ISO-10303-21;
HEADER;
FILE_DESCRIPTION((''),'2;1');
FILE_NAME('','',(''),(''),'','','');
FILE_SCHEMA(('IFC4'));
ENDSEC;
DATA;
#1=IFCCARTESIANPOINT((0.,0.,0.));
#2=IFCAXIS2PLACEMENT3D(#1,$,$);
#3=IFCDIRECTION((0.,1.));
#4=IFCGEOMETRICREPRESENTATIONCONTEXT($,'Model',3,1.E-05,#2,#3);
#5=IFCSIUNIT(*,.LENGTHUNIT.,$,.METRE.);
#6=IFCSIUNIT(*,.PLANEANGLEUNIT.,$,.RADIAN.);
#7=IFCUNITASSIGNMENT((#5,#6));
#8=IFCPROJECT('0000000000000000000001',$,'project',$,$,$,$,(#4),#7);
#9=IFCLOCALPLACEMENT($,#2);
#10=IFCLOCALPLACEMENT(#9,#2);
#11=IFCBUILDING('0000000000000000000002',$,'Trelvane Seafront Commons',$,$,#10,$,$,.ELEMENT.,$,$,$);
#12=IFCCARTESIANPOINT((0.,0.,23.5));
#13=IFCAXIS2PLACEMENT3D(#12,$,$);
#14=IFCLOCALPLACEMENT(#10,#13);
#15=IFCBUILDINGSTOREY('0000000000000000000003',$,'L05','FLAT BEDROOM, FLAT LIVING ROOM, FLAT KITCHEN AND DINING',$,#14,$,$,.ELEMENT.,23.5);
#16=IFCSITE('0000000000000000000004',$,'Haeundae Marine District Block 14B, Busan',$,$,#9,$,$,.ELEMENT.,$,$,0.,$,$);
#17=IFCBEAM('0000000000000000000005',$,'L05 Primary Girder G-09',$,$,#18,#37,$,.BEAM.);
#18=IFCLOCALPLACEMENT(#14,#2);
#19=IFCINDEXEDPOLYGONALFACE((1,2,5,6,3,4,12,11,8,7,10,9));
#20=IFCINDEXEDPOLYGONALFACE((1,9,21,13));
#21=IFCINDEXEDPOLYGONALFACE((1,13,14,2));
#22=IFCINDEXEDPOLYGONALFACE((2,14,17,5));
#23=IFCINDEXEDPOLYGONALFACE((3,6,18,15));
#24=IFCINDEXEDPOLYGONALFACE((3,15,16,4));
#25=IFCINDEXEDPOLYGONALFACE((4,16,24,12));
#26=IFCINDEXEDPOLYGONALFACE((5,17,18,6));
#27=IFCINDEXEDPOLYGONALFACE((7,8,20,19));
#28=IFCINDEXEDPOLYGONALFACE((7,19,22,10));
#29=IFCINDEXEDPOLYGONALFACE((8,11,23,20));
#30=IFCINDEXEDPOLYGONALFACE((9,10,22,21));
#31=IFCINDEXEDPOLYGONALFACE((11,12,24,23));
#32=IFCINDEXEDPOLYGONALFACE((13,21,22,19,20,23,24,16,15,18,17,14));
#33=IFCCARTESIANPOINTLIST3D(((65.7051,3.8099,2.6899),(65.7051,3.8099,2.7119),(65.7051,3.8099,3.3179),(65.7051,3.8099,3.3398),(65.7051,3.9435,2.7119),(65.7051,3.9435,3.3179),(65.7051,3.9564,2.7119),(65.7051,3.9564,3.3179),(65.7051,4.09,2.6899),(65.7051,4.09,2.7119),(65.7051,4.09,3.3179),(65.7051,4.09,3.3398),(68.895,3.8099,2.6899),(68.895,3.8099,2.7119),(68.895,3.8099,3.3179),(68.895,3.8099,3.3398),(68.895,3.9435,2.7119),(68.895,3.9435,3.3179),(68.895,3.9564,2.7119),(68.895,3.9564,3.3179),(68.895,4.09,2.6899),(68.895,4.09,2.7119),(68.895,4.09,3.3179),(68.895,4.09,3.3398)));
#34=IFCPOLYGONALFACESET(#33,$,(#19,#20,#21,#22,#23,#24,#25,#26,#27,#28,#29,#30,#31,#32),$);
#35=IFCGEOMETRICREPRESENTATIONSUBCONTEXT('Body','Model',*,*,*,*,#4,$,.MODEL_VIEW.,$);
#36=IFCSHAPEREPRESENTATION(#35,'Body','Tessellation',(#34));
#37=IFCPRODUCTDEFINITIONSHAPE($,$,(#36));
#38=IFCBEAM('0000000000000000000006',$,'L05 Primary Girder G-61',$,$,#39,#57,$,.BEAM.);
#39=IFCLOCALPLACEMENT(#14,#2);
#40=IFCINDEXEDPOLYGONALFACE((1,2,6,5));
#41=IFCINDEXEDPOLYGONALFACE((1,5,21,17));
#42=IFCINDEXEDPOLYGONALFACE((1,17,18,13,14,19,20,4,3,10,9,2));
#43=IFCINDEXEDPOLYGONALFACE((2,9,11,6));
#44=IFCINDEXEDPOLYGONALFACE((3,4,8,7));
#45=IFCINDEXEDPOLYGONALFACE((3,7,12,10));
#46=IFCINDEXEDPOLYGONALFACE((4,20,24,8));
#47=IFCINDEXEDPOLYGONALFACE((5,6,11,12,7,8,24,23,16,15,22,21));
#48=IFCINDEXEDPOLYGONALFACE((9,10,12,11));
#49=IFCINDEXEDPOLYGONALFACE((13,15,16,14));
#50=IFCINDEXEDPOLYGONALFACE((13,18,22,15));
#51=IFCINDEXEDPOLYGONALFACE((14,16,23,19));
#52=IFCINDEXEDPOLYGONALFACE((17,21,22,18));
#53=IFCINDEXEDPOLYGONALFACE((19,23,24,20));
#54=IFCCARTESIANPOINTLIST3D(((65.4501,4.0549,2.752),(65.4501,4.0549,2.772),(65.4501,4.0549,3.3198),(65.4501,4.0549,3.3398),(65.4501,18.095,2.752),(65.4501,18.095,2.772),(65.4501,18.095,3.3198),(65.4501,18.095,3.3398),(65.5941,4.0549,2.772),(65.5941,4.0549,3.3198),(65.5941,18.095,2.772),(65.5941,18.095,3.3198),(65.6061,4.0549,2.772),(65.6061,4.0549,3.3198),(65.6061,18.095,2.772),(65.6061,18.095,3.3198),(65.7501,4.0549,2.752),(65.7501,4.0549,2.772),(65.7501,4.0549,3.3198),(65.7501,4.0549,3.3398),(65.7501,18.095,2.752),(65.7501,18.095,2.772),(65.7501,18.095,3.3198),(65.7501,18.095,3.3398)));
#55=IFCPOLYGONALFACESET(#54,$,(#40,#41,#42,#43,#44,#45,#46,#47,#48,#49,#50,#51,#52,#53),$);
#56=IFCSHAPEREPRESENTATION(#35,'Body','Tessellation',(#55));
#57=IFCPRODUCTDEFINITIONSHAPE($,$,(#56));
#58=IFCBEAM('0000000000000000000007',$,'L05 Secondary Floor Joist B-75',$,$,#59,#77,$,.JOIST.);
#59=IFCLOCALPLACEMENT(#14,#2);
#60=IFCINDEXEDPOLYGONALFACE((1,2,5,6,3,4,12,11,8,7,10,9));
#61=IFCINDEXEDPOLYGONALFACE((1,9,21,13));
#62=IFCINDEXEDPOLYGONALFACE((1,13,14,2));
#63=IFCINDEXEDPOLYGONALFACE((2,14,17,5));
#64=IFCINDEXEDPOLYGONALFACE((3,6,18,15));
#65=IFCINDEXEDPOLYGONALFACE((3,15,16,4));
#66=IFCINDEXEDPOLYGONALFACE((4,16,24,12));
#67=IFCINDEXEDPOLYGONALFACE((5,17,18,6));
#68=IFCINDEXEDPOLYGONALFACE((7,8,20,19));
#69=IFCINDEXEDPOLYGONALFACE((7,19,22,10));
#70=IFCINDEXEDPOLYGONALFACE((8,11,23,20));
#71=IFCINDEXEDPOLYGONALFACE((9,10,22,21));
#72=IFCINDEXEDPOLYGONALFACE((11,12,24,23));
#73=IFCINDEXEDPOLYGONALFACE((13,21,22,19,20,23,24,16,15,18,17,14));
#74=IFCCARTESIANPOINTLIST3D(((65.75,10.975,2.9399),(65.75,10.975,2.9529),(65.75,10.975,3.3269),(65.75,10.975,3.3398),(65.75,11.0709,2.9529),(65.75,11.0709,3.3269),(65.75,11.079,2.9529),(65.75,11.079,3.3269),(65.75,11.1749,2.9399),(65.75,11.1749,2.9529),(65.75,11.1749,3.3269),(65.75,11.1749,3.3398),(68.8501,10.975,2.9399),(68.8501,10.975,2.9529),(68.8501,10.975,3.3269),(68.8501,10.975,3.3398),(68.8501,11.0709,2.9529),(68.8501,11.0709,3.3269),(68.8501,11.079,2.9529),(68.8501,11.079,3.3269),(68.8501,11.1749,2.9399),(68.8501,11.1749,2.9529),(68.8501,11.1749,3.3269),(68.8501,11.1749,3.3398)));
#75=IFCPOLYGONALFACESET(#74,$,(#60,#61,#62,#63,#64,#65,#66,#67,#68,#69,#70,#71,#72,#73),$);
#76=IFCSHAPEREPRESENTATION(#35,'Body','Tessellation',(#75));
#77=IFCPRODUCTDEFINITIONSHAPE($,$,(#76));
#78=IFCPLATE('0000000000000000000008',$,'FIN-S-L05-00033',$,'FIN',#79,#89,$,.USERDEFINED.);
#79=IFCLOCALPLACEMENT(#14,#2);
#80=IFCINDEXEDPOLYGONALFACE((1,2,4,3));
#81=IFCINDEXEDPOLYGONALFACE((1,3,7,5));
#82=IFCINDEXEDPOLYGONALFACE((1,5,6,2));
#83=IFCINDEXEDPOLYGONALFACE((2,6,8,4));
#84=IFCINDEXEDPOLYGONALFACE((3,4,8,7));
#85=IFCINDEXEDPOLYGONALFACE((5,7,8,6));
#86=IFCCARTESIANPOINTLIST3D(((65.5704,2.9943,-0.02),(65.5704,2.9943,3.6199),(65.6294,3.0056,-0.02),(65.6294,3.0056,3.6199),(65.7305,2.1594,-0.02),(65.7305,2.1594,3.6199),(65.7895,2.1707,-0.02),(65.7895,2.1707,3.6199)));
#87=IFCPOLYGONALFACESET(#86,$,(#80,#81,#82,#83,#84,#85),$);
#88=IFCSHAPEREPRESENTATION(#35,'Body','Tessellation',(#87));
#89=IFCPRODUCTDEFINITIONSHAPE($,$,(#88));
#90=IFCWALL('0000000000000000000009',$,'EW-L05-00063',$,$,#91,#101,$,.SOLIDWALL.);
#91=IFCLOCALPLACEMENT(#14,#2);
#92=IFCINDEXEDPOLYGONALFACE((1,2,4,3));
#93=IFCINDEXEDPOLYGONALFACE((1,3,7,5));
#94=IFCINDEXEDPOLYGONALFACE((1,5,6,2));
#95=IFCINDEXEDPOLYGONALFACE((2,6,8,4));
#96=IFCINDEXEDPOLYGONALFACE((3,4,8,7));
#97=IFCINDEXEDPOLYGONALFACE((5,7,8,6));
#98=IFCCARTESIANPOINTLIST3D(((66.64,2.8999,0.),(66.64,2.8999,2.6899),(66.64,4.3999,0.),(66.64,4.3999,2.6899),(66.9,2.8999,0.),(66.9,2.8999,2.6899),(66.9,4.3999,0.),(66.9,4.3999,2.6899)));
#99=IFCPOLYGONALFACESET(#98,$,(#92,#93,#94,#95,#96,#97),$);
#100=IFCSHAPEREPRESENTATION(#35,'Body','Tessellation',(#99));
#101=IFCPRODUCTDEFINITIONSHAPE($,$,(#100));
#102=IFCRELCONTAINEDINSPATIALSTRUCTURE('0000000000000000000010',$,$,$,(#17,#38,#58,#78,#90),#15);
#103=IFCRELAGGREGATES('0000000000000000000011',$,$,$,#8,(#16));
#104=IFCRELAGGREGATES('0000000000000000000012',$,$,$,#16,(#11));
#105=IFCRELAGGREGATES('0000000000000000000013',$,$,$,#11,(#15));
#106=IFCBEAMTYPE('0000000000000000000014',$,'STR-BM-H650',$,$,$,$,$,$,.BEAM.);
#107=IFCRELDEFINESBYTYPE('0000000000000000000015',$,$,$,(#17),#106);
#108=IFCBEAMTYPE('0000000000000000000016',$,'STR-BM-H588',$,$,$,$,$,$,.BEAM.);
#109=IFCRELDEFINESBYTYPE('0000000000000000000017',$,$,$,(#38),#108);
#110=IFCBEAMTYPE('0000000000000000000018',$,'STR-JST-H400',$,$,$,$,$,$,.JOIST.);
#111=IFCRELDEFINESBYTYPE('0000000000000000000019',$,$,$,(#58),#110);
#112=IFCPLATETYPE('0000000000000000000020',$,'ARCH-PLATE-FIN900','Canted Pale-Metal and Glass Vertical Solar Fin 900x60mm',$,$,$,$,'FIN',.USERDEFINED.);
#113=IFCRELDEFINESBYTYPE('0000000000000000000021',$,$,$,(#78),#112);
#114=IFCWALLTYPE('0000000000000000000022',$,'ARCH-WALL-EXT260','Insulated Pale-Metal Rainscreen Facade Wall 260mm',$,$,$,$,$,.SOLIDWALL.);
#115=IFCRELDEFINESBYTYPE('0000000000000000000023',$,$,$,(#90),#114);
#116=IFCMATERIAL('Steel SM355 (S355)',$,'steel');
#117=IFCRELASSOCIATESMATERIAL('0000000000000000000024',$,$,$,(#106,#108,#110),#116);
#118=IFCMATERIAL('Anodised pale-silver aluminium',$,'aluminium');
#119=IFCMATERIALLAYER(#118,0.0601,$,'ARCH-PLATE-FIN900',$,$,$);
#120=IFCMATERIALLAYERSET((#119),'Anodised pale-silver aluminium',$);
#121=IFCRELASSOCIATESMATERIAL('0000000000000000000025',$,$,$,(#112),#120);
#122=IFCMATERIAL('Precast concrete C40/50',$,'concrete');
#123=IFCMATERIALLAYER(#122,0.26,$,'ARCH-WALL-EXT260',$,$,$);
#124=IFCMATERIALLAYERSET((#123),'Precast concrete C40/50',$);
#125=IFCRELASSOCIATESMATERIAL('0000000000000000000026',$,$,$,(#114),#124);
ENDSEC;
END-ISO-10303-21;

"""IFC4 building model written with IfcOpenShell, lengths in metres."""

from ifc_helpers import new_model, si_unit, direction, frame, frame_2d, origin, origin_2d, place, context, subcontext, project, spatial, rectangle, i_section, extrude, source, transform, mapped, material, layer, layer_set, material_profile, profile_set, type_object, element, save


model = new_model("IFC4")

# Units and contexts
model_context = context("Model", 3, precision=1e-05, world=origin(), true_north=direction((0.0, 1.0)))
body_context = subcontext(model_context, "Body", "Model", "MODEL_VIEW")
ifc_project = project(units=[si_unit("LENGTHUNIT", "METRE"), si_unit("PLANEANGLEUNIT", "RADIAN")], contexts=[model_context])

# Site, building, storey
site_placement = place(None, origin())
site = spatial("IfcSite", under=ifc_project, at=site_placement, Name="Haeundae Marine District Block 14B, Busan", CompositionType="ELEMENT", RefElevation=0.0)
building_placement = place(site_placement, origin())
building = spatial("IfcBuilding", under=site, at=building_placement, Name="Trelvane Seafront Commons", CompositionType="ELEMENT")
storey_placement = place(building_placement, frame((0.0, 0.0, 23.5)))
storey = spatial("IfcBuildingStorey", under=building, at=storey_placement, Name="L05", Description="FLAT BEDROOM, FLAT LIVING ROOM, FLAT KITCHEN AND DINING", CompositionType="ELEMENT", Elevation=23.5)

# Beams
ifc_material_1 = material(Name="Steel SM355 (S355)", Category="steel")
ifc_material_profile_1 = material_profile(ifc_material_1, i_section(OverallWidth=0.28, OverallDepth=0.6499, WebThickness=0.0129, FlangeThickness=0.022, at=origin_2d()), Name="H-650x280x13x22")
ifc_profile_set_1 = profile_set([ifc_material_profile_1], Name="Steel SM355 (S355)")
beam_type_1 = type_object("IfcBeamType", Name="STR-BM-H650", PredefinedType="BEAM", material=ifc_profile_set_1)
shared_shape_1 = source(origin(), body_context, "Body", "SweptSolid", [
    extrude(i_section(OverallWidth=0.28, OverallDepth=0.6499, WebThickness=0.0129, FlangeThickness=0.022, at=origin_2d()), origin(), (0.0, 0.0, 1.0), 3.1899),
])
beam_1_placement = place(storey_placement, frame((65.7051, 3.95, 3.0149), z_axis=(1.0, 0.0, 0.0), x_axis=(0.0, 1.0, 0.0)))
element("IfcBeam", 1, at=beam_1_placement, inside=storey, type_object=beam_type_1, Name="L05 Primary Girder G-09", PredefinedType="BEAM", context=body_context, shape_type="MappedRepresentation", body=[
    mapped(shared_shape_1, transform((0.0, 0.0, 0.0), x_axis=(1.0, 0.0, 0.0), y_axis=(0.0, 1.0, 0.0), z_axis=(0.0, 0.0, 1.0), scale=1.0)),
])
ifc_material_profile_2 = material_profile(ifc_material_1, i_section(OverallWidth=0.3, OverallDepth=0.5879, WebThickness=0.012, FlangeThickness=0.02, at=origin_2d()), Name="H-588x300x12x20")
ifc_profile_set_2 = profile_set([ifc_material_profile_2], Name="Steel SM355 (S355)")
beam_type_2 = type_object("IfcBeamType", Name="STR-BM-H588", PredefinedType="BEAM", material=ifc_profile_set_2)
shared_shape_2 = source(origin(), body_context, "Body", "SweptSolid", [
    extrude(i_section(OverallWidth=0.3, OverallDepth=0.5879, WebThickness=0.012, FlangeThickness=0.02, at=origin_2d()), origin(), (0.0, 0.0, 1.0), 14.04),
])
beam_2_placement = place(storey_placement, frame((65.6001, 4.0549, 3.0459), z_axis=(0.0, 1.0, 0.0), x_axis=(-1.0, 0.0, 0.0)))
element("IfcBeam", 2, at=beam_2_placement, inside=storey, type_object=beam_type_2, Name="L05 Primary Girder G-61", PredefinedType="BEAM", context=body_context, shape_type="MappedRepresentation", body=[
    mapped(shared_shape_2, transform((0.0, 0.0, 0.0), x_axis=(1.0, 0.0, 0.0), y_axis=(0.0, 1.0, 0.0), z_axis=(0.0, 0.0, 1.0), scale=1.0)),
])
ifc_material_profile_3 = material_profile(ifc_material_1, i_section(OverallWidth=0.2, OverallDepth=0.3999, WebThickness=0.0081, FlangeThickness=0.0129, at=origin_2d()), Name="H-400x200x8x13")
ifc_profile_set_3 = profile_set([ifc_material_profile_3], Name="Steel SM355 (S355)")
beam_type_3 = type_object("IfcBeamType", Name="STR-JST-H400", PredefinedType="JOIST", material=ifc_profile_set_3)
shared_shape_3 = source(origin(), body_context, "Body", "SweptSolid", [
    extrude(i_section(OverallWidth=0.2, OverallDepth=0.3999, WebThickness=0.0081, FlangeThickness=0.0129, at=origin_2d()), origin(), (0.0, 0.0, 1.0), 3.1001),
])
beam_3_placement = place(storey_placement, frame((65.75, 11.075, 3.1399), z_axis=(1.0, 0.0, 0.0), x_axis=(0.0, 1.0, 0.0)))
element("IfcBeam", 3, at=beam_3_placement, inside=storey, type_object=beam_type_3, Name="L05 Secondary Floor Joist B-75", PredefinedType="JOIST", context=body_context, shape_type="MappedRepresentation", body=[
    mapped(shared_shape_3, transform((0.0, 0.0, 0.0), x_axis=(1.0, 0.0, 0.0), y_axis=(0.0, 1.0, 0.0), z_axis=(0.0, 0.0, 1.0), scale=1.0)),
])

# Plate
ifc_material_2 = material(Name="Anodised pale-silver aluminium", Category="aluminium")
ifc_layer_1 = layer(ifc_material_2, 0.0601, Name="ARCH-PLATE-FIN900")
ifc_layer_set_1 = layer_set([ifc_layer_1], Name="Anodised pale-silver aluminium")
plate_type = type_object("IfcPlateType", Name="ARCH-PLATE-FIN900", Description="Canted Pale-Metal and Glass Vertical Solar Fin 900x60mm", ElementType="FIN", PredefinedType="USERDEFINED", material=ifc_layer_set_1)
shared_shape_4 = source(origin(), body_context, "Body", "SweptSolid", [
    extrude(rectangle(XDim=0.8501, YDim=0.0601, at=origin_2d()), origin(), (0.0, 0.0, 1.0), 3.6399),
])
plate_placement = place(storey_placement, frame((65.6799, 2.5825, -0.02), z_axis=(0.0, 0.0, 1.0), x_axis=(0.18835, -0.982102, 0.0)))
element("IfcPlate", 4, at=plate_placement, inside=storey, type_object=plate_type, Name="FIN-S-L05-00033", ObjectType="FIN", PredefinedType="USERDEFINED", context=body_context, shape_type="MappedRepresentation", body=[
    mapped(shared_shape_4, transform((0.0, 0.0, 0.0), x_axis=(1.0, 0.0, 0.0), y_axis=(0.0, 1.0, 0.0), z_axis=(0.0, 0.0, 1.0), scale=1.0)),
])

# Wall
ifc_material_3 = material(Name="Precast concrete C40/50", Category="concrete")
ifc_layer_2 = layer(ifc_material_3, 0.26, Name="ARCH-WALL-EXT260")
ifc_layer_set_2 = layer_set([ifc_layer_2], Name="Precast concrete C40/50")
wall_type = type_object("IfcWallType", Name="ARCH-WALL-EXT260", Description="Insulated Pale-Metal Rainscreen Facade Wall 260mm", PredefinedType="SOLIDWALL", material=ifc_layer_set_2)
wall_1_placement = place(storey_placement, frame((66.77, 4.3999, 0.0), z_axis=(0.0, 0.0, 1.0), x_axis=(0.0, -1.0, 0.0)))
element("IfcWall", 5, at=wall_1_placement, inside=storey, type_object=wall_type, Name="EW-L05-00063", PredefinedType="SOLIDWALL", context=body_context, shape_type="SweptSolid", body=[
    extrude(rectangle(XDim=1.5, YDim=0.26, at=frame_2d((0.75, 0.0))), origin(), (0.0, 0.0, 1.0), 2.6899),
])

save(model, "model.ifc")
